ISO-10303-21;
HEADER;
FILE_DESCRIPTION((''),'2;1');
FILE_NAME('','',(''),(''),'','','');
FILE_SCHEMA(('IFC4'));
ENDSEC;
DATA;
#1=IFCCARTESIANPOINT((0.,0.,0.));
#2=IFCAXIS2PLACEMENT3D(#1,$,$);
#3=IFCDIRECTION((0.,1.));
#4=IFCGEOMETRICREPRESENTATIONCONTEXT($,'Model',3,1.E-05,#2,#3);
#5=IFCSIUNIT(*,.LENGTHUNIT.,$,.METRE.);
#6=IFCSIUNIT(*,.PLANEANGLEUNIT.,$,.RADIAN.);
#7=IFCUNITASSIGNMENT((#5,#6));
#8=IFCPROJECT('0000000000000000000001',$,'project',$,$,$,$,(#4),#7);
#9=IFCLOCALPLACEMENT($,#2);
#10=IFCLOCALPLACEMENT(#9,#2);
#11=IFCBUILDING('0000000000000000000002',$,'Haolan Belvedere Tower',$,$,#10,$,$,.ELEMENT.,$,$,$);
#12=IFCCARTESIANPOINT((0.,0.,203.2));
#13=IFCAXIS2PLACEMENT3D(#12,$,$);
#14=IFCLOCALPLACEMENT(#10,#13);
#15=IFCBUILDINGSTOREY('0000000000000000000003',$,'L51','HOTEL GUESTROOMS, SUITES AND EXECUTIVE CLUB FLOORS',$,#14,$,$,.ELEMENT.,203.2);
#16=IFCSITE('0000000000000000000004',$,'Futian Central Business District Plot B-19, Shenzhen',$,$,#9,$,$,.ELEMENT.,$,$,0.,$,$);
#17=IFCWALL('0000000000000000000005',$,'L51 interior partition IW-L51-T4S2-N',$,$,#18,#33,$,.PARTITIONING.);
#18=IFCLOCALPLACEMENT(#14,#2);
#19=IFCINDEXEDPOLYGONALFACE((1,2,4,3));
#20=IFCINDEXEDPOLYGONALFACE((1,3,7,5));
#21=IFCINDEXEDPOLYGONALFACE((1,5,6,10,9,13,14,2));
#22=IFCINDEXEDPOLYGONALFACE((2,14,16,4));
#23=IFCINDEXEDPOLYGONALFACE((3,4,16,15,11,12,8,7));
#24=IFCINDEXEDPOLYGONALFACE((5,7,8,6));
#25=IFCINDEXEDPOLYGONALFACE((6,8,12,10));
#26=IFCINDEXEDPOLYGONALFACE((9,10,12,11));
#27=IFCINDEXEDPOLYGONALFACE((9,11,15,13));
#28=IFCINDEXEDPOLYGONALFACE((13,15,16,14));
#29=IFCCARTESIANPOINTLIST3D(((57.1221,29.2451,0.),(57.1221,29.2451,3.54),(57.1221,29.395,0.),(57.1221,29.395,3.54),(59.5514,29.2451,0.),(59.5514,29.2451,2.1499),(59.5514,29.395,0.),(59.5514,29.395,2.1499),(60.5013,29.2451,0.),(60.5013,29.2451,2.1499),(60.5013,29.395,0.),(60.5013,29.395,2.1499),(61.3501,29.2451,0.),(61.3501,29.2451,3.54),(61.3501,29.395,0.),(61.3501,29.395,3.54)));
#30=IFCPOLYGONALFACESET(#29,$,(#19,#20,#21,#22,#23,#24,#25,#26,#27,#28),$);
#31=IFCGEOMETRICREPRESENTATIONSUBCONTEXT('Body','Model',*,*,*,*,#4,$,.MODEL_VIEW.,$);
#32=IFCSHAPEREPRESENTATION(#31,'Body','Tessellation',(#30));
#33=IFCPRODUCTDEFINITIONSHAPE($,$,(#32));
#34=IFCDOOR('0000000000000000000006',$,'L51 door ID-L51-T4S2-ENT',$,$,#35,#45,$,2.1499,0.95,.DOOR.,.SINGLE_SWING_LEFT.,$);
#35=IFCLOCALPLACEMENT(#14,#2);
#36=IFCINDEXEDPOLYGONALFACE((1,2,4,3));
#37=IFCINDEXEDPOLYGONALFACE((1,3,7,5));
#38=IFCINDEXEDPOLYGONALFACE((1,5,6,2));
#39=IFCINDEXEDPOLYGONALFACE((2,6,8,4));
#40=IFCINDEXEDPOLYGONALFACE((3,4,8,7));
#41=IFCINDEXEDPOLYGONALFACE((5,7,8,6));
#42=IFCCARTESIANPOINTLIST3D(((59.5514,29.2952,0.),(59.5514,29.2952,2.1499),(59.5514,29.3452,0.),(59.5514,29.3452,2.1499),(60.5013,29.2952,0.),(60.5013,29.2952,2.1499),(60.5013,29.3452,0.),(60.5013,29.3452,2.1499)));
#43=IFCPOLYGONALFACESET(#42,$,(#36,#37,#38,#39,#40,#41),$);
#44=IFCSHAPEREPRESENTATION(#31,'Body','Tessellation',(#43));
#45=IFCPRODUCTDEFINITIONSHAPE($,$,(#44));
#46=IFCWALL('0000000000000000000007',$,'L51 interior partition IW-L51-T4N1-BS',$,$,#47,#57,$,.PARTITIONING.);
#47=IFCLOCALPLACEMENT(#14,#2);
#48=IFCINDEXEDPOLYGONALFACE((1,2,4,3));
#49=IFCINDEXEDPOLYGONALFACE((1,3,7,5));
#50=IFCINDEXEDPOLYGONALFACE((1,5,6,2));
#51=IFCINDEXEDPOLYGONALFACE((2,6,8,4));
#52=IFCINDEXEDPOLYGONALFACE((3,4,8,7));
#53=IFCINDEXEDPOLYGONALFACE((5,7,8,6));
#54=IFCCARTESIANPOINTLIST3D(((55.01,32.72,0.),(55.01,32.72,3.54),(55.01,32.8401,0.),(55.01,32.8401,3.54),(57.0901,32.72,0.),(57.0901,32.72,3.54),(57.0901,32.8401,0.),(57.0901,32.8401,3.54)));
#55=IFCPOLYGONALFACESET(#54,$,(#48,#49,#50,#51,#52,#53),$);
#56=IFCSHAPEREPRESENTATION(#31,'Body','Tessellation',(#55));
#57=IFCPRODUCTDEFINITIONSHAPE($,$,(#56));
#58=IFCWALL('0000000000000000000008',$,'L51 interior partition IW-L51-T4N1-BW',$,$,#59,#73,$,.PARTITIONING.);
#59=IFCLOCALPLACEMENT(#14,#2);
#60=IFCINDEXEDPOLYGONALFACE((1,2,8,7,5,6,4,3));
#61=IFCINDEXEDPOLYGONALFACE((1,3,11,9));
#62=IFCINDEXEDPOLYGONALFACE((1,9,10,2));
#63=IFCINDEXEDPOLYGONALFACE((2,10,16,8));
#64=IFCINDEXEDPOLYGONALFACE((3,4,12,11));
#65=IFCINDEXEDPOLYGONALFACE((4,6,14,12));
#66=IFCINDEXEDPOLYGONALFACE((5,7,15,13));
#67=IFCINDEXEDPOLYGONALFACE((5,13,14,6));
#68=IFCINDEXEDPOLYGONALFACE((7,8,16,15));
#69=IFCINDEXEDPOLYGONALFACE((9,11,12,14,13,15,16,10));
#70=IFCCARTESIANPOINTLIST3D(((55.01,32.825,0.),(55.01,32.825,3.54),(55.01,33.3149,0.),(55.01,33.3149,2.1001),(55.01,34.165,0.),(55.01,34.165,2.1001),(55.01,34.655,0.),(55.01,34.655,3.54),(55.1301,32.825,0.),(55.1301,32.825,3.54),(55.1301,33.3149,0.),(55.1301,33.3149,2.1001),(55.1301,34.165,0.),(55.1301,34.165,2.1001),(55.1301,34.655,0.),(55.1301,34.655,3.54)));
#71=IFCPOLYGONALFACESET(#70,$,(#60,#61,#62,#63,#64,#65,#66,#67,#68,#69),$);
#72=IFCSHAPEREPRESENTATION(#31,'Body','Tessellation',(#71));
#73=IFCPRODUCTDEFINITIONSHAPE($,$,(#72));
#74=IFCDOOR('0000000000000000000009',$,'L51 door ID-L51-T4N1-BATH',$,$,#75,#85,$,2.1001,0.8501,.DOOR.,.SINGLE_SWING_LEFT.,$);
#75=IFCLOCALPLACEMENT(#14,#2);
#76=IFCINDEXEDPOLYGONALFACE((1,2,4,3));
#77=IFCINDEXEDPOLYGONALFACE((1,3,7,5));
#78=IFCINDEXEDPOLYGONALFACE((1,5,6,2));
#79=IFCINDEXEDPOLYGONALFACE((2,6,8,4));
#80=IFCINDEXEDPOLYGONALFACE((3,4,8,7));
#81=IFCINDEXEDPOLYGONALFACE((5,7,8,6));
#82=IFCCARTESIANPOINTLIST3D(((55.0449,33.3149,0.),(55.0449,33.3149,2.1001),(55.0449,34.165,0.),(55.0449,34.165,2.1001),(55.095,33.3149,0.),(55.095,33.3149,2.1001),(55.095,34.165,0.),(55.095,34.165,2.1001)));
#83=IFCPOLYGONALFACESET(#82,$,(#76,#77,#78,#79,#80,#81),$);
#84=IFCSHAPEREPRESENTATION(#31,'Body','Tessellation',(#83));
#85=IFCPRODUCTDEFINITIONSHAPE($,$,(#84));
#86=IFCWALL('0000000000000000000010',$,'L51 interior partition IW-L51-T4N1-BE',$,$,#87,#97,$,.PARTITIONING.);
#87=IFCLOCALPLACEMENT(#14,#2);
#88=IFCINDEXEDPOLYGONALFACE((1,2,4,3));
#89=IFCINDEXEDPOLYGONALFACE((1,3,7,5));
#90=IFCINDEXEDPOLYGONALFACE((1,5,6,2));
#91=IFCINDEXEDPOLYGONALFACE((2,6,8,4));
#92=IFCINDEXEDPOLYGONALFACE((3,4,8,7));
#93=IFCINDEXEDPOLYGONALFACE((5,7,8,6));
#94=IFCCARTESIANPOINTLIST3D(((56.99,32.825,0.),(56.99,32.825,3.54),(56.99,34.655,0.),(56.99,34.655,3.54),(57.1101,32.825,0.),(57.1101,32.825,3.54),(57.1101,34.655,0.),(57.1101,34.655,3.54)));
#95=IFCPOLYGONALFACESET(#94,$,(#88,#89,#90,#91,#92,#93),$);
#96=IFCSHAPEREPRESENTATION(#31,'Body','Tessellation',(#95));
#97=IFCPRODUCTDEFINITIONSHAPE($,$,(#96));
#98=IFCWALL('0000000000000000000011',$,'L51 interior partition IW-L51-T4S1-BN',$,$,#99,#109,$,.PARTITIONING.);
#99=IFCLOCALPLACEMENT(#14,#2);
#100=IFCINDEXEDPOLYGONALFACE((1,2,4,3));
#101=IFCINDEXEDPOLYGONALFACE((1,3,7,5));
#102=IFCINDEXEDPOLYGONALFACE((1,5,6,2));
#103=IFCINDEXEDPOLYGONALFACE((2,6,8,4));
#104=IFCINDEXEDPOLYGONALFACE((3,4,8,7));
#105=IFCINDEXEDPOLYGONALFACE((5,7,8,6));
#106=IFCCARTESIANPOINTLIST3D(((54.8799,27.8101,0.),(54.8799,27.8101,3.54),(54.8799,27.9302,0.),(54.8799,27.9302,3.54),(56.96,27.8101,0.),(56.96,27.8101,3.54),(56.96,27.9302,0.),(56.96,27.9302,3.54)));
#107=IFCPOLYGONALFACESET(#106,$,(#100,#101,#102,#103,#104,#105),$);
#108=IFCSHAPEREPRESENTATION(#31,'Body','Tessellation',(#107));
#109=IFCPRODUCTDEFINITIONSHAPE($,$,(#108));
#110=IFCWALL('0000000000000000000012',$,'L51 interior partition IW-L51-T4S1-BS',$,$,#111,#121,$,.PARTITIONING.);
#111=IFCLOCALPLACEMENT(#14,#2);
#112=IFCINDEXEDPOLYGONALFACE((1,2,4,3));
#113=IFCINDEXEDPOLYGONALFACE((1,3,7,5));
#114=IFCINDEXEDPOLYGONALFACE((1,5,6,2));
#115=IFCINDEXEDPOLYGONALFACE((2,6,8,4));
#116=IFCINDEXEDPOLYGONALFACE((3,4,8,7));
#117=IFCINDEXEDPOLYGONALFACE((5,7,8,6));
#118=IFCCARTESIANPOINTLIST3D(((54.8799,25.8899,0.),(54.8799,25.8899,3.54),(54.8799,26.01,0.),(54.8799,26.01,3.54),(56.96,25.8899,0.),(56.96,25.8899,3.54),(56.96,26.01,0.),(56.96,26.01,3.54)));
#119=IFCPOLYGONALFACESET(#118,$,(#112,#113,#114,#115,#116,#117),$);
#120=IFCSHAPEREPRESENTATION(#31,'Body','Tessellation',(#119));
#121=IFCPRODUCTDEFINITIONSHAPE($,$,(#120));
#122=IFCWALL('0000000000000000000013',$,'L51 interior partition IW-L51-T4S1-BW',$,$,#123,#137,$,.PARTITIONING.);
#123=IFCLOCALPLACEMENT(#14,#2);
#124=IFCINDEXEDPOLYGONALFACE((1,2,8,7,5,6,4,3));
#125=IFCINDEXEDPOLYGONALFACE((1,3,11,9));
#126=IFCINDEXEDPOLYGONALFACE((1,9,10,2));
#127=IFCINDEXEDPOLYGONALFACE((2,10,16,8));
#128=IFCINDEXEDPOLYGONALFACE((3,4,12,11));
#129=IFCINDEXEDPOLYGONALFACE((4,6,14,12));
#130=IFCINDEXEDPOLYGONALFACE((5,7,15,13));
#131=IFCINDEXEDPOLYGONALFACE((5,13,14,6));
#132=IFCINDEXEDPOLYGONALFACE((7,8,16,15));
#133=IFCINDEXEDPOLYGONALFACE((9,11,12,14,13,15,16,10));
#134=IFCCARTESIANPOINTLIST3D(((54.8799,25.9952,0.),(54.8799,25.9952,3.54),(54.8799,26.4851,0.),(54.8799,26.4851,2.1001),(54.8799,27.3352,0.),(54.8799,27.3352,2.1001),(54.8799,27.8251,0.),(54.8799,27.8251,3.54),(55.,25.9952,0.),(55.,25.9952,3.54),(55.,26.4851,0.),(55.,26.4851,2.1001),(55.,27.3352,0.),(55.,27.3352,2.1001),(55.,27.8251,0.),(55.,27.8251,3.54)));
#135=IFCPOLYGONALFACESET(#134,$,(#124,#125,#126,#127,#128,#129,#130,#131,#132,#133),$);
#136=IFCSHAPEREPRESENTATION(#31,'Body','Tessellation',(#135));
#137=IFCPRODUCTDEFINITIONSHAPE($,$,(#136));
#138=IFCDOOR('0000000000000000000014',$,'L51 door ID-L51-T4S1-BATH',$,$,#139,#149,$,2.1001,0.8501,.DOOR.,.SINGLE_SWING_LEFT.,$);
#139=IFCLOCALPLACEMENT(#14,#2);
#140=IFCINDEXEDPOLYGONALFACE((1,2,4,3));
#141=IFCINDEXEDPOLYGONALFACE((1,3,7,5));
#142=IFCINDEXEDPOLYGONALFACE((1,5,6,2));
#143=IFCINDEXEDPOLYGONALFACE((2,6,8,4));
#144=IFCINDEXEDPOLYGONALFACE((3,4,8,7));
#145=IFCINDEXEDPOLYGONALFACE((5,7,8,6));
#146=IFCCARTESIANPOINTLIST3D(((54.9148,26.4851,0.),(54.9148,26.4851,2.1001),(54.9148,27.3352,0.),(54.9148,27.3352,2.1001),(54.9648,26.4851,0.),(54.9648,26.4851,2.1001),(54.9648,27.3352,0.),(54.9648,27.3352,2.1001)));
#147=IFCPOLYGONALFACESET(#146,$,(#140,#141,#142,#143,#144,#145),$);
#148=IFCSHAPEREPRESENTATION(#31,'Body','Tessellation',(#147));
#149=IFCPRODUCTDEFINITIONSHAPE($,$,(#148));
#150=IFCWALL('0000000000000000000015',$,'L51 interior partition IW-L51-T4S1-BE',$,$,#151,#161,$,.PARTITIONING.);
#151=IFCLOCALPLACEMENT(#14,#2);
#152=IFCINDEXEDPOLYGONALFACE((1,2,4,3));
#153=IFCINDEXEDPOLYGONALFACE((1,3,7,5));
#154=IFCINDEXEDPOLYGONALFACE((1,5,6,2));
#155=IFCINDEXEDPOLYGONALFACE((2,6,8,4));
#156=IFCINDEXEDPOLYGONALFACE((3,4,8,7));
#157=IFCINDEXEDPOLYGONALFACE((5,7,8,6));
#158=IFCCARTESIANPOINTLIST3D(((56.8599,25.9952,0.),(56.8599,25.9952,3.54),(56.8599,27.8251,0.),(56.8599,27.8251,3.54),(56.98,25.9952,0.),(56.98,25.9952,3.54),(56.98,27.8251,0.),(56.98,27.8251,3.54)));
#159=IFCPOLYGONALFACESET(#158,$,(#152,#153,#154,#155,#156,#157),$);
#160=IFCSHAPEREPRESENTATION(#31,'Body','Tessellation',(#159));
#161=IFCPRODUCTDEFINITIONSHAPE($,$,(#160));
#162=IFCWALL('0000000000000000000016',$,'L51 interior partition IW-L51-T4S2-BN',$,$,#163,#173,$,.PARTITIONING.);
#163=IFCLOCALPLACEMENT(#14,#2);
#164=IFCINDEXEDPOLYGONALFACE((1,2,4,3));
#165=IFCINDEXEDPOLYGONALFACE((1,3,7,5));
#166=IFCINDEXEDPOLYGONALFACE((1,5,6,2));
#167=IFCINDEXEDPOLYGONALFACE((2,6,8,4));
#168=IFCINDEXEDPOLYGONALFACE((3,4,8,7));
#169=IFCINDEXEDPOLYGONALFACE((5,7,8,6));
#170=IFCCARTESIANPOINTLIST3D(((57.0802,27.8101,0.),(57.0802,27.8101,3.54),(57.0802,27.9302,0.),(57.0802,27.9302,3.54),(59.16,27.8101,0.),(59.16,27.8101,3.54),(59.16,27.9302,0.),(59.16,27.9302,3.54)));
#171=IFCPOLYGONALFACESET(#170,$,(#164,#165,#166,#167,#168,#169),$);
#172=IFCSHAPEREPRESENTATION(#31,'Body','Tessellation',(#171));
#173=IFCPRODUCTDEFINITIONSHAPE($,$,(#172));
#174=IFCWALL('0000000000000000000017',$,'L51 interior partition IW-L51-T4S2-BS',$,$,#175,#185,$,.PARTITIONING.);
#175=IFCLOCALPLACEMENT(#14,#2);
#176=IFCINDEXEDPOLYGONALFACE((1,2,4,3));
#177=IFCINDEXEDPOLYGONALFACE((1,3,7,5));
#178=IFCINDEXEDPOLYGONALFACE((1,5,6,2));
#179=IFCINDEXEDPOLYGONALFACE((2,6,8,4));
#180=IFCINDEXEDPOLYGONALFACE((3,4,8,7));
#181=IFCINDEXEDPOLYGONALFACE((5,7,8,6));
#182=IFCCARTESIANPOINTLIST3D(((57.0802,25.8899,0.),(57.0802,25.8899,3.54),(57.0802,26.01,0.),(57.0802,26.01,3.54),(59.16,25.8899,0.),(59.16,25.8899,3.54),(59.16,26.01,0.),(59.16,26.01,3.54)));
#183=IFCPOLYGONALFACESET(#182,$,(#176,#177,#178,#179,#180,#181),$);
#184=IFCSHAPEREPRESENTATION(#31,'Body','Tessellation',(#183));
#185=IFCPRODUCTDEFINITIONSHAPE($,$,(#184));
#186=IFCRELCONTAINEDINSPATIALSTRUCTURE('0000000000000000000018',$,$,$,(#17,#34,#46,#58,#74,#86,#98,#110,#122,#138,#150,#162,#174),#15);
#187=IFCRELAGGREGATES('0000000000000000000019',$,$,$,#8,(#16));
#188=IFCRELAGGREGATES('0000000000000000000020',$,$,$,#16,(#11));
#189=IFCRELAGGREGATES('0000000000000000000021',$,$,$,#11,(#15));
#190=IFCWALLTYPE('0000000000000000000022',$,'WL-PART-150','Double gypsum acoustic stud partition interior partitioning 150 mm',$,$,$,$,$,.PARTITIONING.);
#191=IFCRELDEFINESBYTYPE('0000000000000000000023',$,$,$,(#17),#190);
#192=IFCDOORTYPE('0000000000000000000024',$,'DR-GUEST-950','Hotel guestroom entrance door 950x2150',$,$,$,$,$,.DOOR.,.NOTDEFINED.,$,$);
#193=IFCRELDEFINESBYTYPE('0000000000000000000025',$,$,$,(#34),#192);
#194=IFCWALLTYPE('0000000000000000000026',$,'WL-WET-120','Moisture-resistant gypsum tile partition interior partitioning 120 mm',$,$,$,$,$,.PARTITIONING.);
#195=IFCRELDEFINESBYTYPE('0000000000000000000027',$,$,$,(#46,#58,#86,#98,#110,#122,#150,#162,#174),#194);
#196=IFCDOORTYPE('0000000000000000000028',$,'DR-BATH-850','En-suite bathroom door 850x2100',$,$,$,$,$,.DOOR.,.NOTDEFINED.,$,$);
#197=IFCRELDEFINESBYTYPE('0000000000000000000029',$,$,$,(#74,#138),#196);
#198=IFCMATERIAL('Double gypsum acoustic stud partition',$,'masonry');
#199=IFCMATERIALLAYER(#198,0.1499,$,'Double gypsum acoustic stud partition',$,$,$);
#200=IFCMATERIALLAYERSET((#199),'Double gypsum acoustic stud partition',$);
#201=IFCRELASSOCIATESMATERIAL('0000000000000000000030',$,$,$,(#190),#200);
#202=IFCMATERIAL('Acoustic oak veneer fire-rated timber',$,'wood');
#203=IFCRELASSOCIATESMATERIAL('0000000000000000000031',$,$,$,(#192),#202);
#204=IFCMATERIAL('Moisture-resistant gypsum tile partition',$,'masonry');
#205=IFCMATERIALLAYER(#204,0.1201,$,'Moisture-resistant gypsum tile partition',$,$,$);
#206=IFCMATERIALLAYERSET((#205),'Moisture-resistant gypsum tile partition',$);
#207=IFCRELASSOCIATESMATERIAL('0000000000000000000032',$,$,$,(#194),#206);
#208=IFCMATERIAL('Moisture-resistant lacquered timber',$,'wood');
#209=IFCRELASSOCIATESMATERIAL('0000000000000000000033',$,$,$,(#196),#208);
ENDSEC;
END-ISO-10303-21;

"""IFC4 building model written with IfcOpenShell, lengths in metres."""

from ifc_helpers import new_model, si_unit, direction, frame, frame_2d, origin, place, context, subcontext, project, spatial, rectangle, extrude, material, layer, layer_set, type_object, element, fill, save


model = new_model("IFC4")

# Units and contexts
model_context = context("Model", 3, precision=1e-05, world=origin(), true_north=direction((0.0, 1.0)))
body_context = subcontext(model_context, "Body", "Model", "MODEL_VIEW")
ifc_project = project(units=[si_unit("LENGTHUNIT", "METRE"), si_unit("PLANEANGLEUNIT", "RADIAN")], contexts=[model_context])

# Site, building, storey
site_placement = place(None, origin())
site = spatial("IfcSite", under=ifc_project, at=site_placement, Name="Futian Central Business District Plot B-19, Shenzhen", CompositionType="ELEMENT", RefElevation=0.0)
building_placement = place(site_placement, origin())
building = spatial("IfcBuilding", under=site, at=building_placement, Name="Haolan Belvedere Tower", CompositionType="ELEMENT")
storey_placement = place(building_placement, frame((0.0, 0.0, 203.2)))
storey = spatial("IfcBuildingStorey", under=building, at=storey_placement, Name="L51", Description="HOTEL GUESTROOMS, SUITES AND EXECUTIVE CLUB FLOORS", CompositionType="ELEMENT", Elevation=203.2)

# Shared definitions
ifc_material_1 = material(Name="Double gypsum acoustic stud partition", Category="masonry")
ifc_layer_1 = layer(ifc_material_1, 0.1499, Name="Double gypsum acoustic stud partition")
ifc_layer_set_1 = layer_set([ifc_layer_1], Name="Double gypsum acoustic stud partition")
wall_type_1 = type_object("IfcWallType", Name="WL-PART-150", Description="Double gypsum acoustic stud partition interior partitioning 150 mm", PredefinedType="PARTITIONING", material=ifc_layer_set_1)

# Wall, opening, door
ifc_material_2 = material(Name="Acoustic oak veneer fire-rated timber", Category="wood")
door_type_1 = type_object("IfcDoorType", Name="DR-GUEST-950", Description="Hotel guestroom entrance door 950x2150", OperationType="NOTDEFINED", PredefinedType="DOOR", material=ifc_material_2)
wall_1_placement = place(storey_placement, frame((57.1221, 29.3201, 0.0), z_axis=(0.0, 0.0, 1.0), x_axis=(1.0, 0.0, 0.0)))
wall_1 = element("IfcWall", 1, at=wall_1_placement, inside=storey, type_object=wall_type_1, Name="L51 interior partition IW-L51-T4S2-N", PredefinedType="PARTITIONING", context=body_context, shape_type="SweptSolid", body=[
    extrude(rectangle(XDim=4.228, YDim=0.1499, at=frame_2d((2.114, 0.0))), origin(), (0.0, 0.0, 1.0), 3.54),
])
opening_1_placement = place(wall_1_placement, frame((3.3794, 0.0, 0.0), z_axis=(0.0, 0.0, 1.0), x_axis=(-1.0, 0.0, 0.0)))
opening_1 = element("IfcOpeningElement", 2, at=opening_1_placement, cuts=wall_1, PredefinedType="OPENING", context=body_context, shape_type="SweptSolid", body=[
    extrude(rectangle(XDim=0.95, YDim=2.1499, at=frame_2d((0.4751, 1.075))), frame((0.0, 0.085, 0.0), z_axis=(0.0, -1.0, 0.0), x_axis=(1.0, 0.0, 0.0)), (0.0, 0.0, 1.0), 0.1699),
])
door_1_placement = place(opening_1_placement, origin())
door_1 = element("IfcDoor", 3, at=door_1_placement, inside=storey, type_object=door_type_1, Name="L51 door ID-L51-T4S2-ENT", OperationType="SINGLE_SWING_LEFT", OverallHeight=2.1499, OverallWidth=0.95, PredefinedType="DOOR", context=body_context, shape_type="SweptSolid", body=[
    extrude(rectangle(XDim=0.95, YDim=2.1499, at=frame_2d((0.4751, 1.075))), frame((0.0, 0.0249, 0.0), z_axis=(0.0, -1.0, 0.0), x_axis=(1.0, 0.0, 0.0)), (0.0, 0.0, 1.0), 0.05),
])
fill(opening_1, door_1)

# Wall
ifc_material_3 = material(Name="Moisture-resistant gypsum tile partition", Category="masonry")
ifc_layer_2 = layer(ifc_material_3, 0.1201, Name="Moisture-resistant gypsum tile partition")
ifc_layer_set_2 = layer_set([ifc_layer_2], Name="Moisture-resistant gypsum tile partition")
wall_type_2 = type_object("IfcWallType", Name="WL-WET-120", Description="Moisture-resistant gypsum tile partition interior partitioning 120 mm", PredefinedType="PARTITIONING", material=ifc_layer_set_2)
wall_2_placement = place(storey_placement, frame((55.01, 32.78, 0.0), z_axis=(0.0, 0.0, 1.0), x_axis=(1.0, 0.0, 0.0)))
element("IfcWall", 4, at=wall_2_placement, inside=storey, type_object=wall_type_2, Name="L51 interior partition IW-L51-T4N1-BS", PredefinedType="PARTITIONING", context=body_context, shape_type="SweptSolid", body=[
    extrude(rectangle(XDim=2.0801, YDim=0.1201, at=frame_2d((1.04, 0.0))), origin(), (0.0, 0.0, 1.0), 3.54),
])

# Wall, opening, door
wall_3_placement = place(storey_placement, frame((55.0701, 32.825, 0.0), z_axis=(0.0, 0.0, 1.0), x_axis=(0.0, 1.0, 0.0)))
wall_3 = element("IfcWall", 5, at=wall_3_placement, inside=storey, type_object=wall_type_2, Name="L51 interior partition IW-L51-T4N1-BW", PredefinedType="PARTITIONING", context=body_context, shape_type="SweptSolid", body=[
    extrude(rectangle(XDim=1.8301, YDim=0.1201, at=frame_2d((0.915, 0.0))), origin(), (0.0, 0.0, 1.0), 3.54),
])
opening_2_placement = place(wall_3_placement, frame((1.3401, 0.0, 0.0), z_axis=(0.0, 0.0, 1.0), x_axis=(-1.0, 0.0, 0.0)))
opening_2 = element("IfcOpeningElement", 6, at=opening_2_placement, cuts=wall_3, PredefinedType="OPENING", context=body_context, shape_type="SweptSolid", body=[
    extrude(rectangle(XDim=0.8501, YDim=2.1001, at=frame_2d((0.425, 1.05))), frame((0.0, 0.0701, 0.0), z_axis=(0.0, -1.0, 0.0), x_axis=(1.0, 0.0, 0.0)), (0.0, 0.0, 1.0), 0.1401),
])
ifc_material_4 = material(Name="Moisture-resistant lacquered timber", Category="wood")
door_type_2 = type_object("IfcDoorType", Name="DR-BATH-850", Description="En-suite bathroom door 850x2100", OperationType="NOTDEFINED", PredefinedType="DOOR", material=ifc_material_4)
door_2_placement = place(opening_2_placement, origin())
door_2 = element("IfcDoor", 7, at=door_2_placement, inside=storey, type_object=door_type_2, Name="L51 door ID-L51-T4N1-BATH", OperationType="SINGLE_SWING_LEFT", OverallHeight=2.1001, OverallWidth=0.8501, PredefinedType="DOOR", context=body_context, shape_type="SweptSolid", body=[
    extrude(rectangle(XDim=0.8501, YDim=2.1001, at=frame_2d((0.425, 1.05))), frame((0.0, 0.0249, 0.0), z_axis=(0.0, -1.0, 0.0), x_axis=(1.0, 0.0, 0.0)), (0.0, 0.0, 1.0), 0.05),
])
fill(opening_2, door_2)

# Walls
wall_4_placement = place(storey_placement, frame((57.05, 32.825, 0.0), z_axis=(0.0, 0.0, 1.0), x_axis=(0.0, 1.0, 0.0)))
element("IfcWall", 8, at=wall_4_placement, inside=storey, type_object=wall_type_2, Name="L51 interior partition IW-L51-T4N1-BE", PredefinedType="PARTITIONING", context=body_context, shape_type="SweptSolid", body=[
    extrude(rectangle(XDim=1.8301, YDim=0.1201, at=frame_2d((0.915, 0.0))), origin(), (0.0, 0.0, 1.0), 3.54),
])
for number, where, z_axis, x_axis, name in (
    (9, (54.8799, 27.8701, 0.0), (0.0, 0.0, 1.0), (1.0, 0.0, 0.0), "L51 interior partition IW-L51-T4S1-BN"),
    (10, (54.8799, 25.95, 0.0), (0.0, 0.0, 1.0), (1.0, 0.0, 0.0), "L51 interior partition IW-L51-T4S1-BS"),
):
    element("IfcWall", number, at=place(storey_placement, frame(where, z_axis=z_axis, x_axis=x_axis)), inside=storey, type_object=wall_type_2, Name=name, PredefinedType="PARTITIONING", context=body_context, shape_type="SweptSolid", body=[
        extrude(rectangle(XDim=2.0801, YDim=0.1201, at=frame_2d((1.04, 0.0))), origin(), (0.0, 0.0, 1.0), 3.54),
    ])

# Wall, opening, door
wall_5_placement = place(storey_placement, frame((54.9399, 25.9951, 0.0), z_axis=(0.0, 0.0, 1.0), x_axis=(0.0, 1.0, 0.0)))
wall_5 = element("IfcWall", 11, at=wall_5_placement, inside=storey, type_object=wall_type_2, Name="L51 interior partition IW-L51-T4S1-BW", PredefinedType="PARTITIONING", context=body_context, shape_type="SweptSolid", body=[
    extrude(rectangle(XDim=1.8298, YDim=0.1201, at=frame_2d((0.915, 0.0))), origin(), (0.0, 0.0, 1.0), 3.54),
])
opening_3_placement = place(wall_5_placement, frame((1.3401, 0.0, 0.0), z_axis=(0.0, 0.0, 1.0), x_axis=(-1.0, 0.0, 0.0)))
opening_3 = element("IfcOpeningElement", 12, at=opening_3_placement, cuts=wall_5, PredefinedType="OPENING", context=body_context, shape_type="SweptSolid", body=[
    extrude(rectangle(XDim=0.8501, YDim=2.1001, at=frame_2d((0.425, 1.05))), frame((0.0, 0.0701, 0.0), z_axis=(0.0, -1.0, 0.0), x_axis=(1.0, 0.0, 0.0)), (0.0, 0.0, 1.0), 0.1401),
])
door_3_placement = place(opening_3_placement, origin())
door_3 = element("IfcDoor", 13, at=door_3_placement, inside=storey, type_object=door_type_2, Name="L51 door ID-L51-T4S1-BATH", OperationType="SINGLE_SWING_LEFT", OverallHeight=2.1001, OverallWidth=0.8501, PredefinedType="DOOR", context=body_context, shape_type="SweptSolid", body=[
    extrude(rectangle(XDim=0.8501, YDim=2.1001, at=frame_2d((0.425, 1.05))), frame((0.0, 0.0249, 0.0), z_axis=(0.0, -1.0, 0.0), x_axis=(1.0, 0.0, 0.0)), (0.0, 0.0, 1.0), 0.05),
])
fill(opening_3, door_3)

# Walls
wall_6_placement = place(storey_placement, frame((56.9199, 25.9951, 0.0), z_axis=(0.0, 0.0, 1.0), x_axis=(0.0, 1.0, 0.0)))
element("IfcWall", 14, at=wall_6_placement, inside=storey, type_object=wall_type_2, Name="L51 interior partition IW-L51-T4S1-BE", PredefinedType="PARTITIONING", context=body_context, shape_type="SweptSolid", body=[
    extrude(rectangle(XDim=1.8298, YDim=0.1201, at=frame_2d((0.915, 0.0))), origin(), (0.0, 0.0, 1.0), 3.54),
])
for number, where, z_axis, x_axis, name in (
    (15, (57.0801, 27.8701, 0.0), (0.0, 0.0, 1.0), (1.0, 0.0, 0.0), "L51 interior partition IW-L51-T4S2-BN"),
    (16, (57.0801, 25.95, 0.0), (0.0, 0.0, 1.0), (1.0, 0.0, 0.0), "L51 interior partition IW-L51-T4S2-BS"),
):
    element("IfcWall", number, at=place(storey_placement, frame(where, z_axis=z_axis, x_axis=x_axis)), inside=storey, type_object=wall_type_2, Name=name, PredefinedType="PARTITIONING", context=body_context, shape_type="SweptSolid", body=[
        extrude(rectangle(XDim=2.0798, YDim=0.1201, at=frame_2d((1.04, 0.0))), origin(), (0.0, 0.0, 1.0), 3.54),
    ])

save(model, "model.ifc")
